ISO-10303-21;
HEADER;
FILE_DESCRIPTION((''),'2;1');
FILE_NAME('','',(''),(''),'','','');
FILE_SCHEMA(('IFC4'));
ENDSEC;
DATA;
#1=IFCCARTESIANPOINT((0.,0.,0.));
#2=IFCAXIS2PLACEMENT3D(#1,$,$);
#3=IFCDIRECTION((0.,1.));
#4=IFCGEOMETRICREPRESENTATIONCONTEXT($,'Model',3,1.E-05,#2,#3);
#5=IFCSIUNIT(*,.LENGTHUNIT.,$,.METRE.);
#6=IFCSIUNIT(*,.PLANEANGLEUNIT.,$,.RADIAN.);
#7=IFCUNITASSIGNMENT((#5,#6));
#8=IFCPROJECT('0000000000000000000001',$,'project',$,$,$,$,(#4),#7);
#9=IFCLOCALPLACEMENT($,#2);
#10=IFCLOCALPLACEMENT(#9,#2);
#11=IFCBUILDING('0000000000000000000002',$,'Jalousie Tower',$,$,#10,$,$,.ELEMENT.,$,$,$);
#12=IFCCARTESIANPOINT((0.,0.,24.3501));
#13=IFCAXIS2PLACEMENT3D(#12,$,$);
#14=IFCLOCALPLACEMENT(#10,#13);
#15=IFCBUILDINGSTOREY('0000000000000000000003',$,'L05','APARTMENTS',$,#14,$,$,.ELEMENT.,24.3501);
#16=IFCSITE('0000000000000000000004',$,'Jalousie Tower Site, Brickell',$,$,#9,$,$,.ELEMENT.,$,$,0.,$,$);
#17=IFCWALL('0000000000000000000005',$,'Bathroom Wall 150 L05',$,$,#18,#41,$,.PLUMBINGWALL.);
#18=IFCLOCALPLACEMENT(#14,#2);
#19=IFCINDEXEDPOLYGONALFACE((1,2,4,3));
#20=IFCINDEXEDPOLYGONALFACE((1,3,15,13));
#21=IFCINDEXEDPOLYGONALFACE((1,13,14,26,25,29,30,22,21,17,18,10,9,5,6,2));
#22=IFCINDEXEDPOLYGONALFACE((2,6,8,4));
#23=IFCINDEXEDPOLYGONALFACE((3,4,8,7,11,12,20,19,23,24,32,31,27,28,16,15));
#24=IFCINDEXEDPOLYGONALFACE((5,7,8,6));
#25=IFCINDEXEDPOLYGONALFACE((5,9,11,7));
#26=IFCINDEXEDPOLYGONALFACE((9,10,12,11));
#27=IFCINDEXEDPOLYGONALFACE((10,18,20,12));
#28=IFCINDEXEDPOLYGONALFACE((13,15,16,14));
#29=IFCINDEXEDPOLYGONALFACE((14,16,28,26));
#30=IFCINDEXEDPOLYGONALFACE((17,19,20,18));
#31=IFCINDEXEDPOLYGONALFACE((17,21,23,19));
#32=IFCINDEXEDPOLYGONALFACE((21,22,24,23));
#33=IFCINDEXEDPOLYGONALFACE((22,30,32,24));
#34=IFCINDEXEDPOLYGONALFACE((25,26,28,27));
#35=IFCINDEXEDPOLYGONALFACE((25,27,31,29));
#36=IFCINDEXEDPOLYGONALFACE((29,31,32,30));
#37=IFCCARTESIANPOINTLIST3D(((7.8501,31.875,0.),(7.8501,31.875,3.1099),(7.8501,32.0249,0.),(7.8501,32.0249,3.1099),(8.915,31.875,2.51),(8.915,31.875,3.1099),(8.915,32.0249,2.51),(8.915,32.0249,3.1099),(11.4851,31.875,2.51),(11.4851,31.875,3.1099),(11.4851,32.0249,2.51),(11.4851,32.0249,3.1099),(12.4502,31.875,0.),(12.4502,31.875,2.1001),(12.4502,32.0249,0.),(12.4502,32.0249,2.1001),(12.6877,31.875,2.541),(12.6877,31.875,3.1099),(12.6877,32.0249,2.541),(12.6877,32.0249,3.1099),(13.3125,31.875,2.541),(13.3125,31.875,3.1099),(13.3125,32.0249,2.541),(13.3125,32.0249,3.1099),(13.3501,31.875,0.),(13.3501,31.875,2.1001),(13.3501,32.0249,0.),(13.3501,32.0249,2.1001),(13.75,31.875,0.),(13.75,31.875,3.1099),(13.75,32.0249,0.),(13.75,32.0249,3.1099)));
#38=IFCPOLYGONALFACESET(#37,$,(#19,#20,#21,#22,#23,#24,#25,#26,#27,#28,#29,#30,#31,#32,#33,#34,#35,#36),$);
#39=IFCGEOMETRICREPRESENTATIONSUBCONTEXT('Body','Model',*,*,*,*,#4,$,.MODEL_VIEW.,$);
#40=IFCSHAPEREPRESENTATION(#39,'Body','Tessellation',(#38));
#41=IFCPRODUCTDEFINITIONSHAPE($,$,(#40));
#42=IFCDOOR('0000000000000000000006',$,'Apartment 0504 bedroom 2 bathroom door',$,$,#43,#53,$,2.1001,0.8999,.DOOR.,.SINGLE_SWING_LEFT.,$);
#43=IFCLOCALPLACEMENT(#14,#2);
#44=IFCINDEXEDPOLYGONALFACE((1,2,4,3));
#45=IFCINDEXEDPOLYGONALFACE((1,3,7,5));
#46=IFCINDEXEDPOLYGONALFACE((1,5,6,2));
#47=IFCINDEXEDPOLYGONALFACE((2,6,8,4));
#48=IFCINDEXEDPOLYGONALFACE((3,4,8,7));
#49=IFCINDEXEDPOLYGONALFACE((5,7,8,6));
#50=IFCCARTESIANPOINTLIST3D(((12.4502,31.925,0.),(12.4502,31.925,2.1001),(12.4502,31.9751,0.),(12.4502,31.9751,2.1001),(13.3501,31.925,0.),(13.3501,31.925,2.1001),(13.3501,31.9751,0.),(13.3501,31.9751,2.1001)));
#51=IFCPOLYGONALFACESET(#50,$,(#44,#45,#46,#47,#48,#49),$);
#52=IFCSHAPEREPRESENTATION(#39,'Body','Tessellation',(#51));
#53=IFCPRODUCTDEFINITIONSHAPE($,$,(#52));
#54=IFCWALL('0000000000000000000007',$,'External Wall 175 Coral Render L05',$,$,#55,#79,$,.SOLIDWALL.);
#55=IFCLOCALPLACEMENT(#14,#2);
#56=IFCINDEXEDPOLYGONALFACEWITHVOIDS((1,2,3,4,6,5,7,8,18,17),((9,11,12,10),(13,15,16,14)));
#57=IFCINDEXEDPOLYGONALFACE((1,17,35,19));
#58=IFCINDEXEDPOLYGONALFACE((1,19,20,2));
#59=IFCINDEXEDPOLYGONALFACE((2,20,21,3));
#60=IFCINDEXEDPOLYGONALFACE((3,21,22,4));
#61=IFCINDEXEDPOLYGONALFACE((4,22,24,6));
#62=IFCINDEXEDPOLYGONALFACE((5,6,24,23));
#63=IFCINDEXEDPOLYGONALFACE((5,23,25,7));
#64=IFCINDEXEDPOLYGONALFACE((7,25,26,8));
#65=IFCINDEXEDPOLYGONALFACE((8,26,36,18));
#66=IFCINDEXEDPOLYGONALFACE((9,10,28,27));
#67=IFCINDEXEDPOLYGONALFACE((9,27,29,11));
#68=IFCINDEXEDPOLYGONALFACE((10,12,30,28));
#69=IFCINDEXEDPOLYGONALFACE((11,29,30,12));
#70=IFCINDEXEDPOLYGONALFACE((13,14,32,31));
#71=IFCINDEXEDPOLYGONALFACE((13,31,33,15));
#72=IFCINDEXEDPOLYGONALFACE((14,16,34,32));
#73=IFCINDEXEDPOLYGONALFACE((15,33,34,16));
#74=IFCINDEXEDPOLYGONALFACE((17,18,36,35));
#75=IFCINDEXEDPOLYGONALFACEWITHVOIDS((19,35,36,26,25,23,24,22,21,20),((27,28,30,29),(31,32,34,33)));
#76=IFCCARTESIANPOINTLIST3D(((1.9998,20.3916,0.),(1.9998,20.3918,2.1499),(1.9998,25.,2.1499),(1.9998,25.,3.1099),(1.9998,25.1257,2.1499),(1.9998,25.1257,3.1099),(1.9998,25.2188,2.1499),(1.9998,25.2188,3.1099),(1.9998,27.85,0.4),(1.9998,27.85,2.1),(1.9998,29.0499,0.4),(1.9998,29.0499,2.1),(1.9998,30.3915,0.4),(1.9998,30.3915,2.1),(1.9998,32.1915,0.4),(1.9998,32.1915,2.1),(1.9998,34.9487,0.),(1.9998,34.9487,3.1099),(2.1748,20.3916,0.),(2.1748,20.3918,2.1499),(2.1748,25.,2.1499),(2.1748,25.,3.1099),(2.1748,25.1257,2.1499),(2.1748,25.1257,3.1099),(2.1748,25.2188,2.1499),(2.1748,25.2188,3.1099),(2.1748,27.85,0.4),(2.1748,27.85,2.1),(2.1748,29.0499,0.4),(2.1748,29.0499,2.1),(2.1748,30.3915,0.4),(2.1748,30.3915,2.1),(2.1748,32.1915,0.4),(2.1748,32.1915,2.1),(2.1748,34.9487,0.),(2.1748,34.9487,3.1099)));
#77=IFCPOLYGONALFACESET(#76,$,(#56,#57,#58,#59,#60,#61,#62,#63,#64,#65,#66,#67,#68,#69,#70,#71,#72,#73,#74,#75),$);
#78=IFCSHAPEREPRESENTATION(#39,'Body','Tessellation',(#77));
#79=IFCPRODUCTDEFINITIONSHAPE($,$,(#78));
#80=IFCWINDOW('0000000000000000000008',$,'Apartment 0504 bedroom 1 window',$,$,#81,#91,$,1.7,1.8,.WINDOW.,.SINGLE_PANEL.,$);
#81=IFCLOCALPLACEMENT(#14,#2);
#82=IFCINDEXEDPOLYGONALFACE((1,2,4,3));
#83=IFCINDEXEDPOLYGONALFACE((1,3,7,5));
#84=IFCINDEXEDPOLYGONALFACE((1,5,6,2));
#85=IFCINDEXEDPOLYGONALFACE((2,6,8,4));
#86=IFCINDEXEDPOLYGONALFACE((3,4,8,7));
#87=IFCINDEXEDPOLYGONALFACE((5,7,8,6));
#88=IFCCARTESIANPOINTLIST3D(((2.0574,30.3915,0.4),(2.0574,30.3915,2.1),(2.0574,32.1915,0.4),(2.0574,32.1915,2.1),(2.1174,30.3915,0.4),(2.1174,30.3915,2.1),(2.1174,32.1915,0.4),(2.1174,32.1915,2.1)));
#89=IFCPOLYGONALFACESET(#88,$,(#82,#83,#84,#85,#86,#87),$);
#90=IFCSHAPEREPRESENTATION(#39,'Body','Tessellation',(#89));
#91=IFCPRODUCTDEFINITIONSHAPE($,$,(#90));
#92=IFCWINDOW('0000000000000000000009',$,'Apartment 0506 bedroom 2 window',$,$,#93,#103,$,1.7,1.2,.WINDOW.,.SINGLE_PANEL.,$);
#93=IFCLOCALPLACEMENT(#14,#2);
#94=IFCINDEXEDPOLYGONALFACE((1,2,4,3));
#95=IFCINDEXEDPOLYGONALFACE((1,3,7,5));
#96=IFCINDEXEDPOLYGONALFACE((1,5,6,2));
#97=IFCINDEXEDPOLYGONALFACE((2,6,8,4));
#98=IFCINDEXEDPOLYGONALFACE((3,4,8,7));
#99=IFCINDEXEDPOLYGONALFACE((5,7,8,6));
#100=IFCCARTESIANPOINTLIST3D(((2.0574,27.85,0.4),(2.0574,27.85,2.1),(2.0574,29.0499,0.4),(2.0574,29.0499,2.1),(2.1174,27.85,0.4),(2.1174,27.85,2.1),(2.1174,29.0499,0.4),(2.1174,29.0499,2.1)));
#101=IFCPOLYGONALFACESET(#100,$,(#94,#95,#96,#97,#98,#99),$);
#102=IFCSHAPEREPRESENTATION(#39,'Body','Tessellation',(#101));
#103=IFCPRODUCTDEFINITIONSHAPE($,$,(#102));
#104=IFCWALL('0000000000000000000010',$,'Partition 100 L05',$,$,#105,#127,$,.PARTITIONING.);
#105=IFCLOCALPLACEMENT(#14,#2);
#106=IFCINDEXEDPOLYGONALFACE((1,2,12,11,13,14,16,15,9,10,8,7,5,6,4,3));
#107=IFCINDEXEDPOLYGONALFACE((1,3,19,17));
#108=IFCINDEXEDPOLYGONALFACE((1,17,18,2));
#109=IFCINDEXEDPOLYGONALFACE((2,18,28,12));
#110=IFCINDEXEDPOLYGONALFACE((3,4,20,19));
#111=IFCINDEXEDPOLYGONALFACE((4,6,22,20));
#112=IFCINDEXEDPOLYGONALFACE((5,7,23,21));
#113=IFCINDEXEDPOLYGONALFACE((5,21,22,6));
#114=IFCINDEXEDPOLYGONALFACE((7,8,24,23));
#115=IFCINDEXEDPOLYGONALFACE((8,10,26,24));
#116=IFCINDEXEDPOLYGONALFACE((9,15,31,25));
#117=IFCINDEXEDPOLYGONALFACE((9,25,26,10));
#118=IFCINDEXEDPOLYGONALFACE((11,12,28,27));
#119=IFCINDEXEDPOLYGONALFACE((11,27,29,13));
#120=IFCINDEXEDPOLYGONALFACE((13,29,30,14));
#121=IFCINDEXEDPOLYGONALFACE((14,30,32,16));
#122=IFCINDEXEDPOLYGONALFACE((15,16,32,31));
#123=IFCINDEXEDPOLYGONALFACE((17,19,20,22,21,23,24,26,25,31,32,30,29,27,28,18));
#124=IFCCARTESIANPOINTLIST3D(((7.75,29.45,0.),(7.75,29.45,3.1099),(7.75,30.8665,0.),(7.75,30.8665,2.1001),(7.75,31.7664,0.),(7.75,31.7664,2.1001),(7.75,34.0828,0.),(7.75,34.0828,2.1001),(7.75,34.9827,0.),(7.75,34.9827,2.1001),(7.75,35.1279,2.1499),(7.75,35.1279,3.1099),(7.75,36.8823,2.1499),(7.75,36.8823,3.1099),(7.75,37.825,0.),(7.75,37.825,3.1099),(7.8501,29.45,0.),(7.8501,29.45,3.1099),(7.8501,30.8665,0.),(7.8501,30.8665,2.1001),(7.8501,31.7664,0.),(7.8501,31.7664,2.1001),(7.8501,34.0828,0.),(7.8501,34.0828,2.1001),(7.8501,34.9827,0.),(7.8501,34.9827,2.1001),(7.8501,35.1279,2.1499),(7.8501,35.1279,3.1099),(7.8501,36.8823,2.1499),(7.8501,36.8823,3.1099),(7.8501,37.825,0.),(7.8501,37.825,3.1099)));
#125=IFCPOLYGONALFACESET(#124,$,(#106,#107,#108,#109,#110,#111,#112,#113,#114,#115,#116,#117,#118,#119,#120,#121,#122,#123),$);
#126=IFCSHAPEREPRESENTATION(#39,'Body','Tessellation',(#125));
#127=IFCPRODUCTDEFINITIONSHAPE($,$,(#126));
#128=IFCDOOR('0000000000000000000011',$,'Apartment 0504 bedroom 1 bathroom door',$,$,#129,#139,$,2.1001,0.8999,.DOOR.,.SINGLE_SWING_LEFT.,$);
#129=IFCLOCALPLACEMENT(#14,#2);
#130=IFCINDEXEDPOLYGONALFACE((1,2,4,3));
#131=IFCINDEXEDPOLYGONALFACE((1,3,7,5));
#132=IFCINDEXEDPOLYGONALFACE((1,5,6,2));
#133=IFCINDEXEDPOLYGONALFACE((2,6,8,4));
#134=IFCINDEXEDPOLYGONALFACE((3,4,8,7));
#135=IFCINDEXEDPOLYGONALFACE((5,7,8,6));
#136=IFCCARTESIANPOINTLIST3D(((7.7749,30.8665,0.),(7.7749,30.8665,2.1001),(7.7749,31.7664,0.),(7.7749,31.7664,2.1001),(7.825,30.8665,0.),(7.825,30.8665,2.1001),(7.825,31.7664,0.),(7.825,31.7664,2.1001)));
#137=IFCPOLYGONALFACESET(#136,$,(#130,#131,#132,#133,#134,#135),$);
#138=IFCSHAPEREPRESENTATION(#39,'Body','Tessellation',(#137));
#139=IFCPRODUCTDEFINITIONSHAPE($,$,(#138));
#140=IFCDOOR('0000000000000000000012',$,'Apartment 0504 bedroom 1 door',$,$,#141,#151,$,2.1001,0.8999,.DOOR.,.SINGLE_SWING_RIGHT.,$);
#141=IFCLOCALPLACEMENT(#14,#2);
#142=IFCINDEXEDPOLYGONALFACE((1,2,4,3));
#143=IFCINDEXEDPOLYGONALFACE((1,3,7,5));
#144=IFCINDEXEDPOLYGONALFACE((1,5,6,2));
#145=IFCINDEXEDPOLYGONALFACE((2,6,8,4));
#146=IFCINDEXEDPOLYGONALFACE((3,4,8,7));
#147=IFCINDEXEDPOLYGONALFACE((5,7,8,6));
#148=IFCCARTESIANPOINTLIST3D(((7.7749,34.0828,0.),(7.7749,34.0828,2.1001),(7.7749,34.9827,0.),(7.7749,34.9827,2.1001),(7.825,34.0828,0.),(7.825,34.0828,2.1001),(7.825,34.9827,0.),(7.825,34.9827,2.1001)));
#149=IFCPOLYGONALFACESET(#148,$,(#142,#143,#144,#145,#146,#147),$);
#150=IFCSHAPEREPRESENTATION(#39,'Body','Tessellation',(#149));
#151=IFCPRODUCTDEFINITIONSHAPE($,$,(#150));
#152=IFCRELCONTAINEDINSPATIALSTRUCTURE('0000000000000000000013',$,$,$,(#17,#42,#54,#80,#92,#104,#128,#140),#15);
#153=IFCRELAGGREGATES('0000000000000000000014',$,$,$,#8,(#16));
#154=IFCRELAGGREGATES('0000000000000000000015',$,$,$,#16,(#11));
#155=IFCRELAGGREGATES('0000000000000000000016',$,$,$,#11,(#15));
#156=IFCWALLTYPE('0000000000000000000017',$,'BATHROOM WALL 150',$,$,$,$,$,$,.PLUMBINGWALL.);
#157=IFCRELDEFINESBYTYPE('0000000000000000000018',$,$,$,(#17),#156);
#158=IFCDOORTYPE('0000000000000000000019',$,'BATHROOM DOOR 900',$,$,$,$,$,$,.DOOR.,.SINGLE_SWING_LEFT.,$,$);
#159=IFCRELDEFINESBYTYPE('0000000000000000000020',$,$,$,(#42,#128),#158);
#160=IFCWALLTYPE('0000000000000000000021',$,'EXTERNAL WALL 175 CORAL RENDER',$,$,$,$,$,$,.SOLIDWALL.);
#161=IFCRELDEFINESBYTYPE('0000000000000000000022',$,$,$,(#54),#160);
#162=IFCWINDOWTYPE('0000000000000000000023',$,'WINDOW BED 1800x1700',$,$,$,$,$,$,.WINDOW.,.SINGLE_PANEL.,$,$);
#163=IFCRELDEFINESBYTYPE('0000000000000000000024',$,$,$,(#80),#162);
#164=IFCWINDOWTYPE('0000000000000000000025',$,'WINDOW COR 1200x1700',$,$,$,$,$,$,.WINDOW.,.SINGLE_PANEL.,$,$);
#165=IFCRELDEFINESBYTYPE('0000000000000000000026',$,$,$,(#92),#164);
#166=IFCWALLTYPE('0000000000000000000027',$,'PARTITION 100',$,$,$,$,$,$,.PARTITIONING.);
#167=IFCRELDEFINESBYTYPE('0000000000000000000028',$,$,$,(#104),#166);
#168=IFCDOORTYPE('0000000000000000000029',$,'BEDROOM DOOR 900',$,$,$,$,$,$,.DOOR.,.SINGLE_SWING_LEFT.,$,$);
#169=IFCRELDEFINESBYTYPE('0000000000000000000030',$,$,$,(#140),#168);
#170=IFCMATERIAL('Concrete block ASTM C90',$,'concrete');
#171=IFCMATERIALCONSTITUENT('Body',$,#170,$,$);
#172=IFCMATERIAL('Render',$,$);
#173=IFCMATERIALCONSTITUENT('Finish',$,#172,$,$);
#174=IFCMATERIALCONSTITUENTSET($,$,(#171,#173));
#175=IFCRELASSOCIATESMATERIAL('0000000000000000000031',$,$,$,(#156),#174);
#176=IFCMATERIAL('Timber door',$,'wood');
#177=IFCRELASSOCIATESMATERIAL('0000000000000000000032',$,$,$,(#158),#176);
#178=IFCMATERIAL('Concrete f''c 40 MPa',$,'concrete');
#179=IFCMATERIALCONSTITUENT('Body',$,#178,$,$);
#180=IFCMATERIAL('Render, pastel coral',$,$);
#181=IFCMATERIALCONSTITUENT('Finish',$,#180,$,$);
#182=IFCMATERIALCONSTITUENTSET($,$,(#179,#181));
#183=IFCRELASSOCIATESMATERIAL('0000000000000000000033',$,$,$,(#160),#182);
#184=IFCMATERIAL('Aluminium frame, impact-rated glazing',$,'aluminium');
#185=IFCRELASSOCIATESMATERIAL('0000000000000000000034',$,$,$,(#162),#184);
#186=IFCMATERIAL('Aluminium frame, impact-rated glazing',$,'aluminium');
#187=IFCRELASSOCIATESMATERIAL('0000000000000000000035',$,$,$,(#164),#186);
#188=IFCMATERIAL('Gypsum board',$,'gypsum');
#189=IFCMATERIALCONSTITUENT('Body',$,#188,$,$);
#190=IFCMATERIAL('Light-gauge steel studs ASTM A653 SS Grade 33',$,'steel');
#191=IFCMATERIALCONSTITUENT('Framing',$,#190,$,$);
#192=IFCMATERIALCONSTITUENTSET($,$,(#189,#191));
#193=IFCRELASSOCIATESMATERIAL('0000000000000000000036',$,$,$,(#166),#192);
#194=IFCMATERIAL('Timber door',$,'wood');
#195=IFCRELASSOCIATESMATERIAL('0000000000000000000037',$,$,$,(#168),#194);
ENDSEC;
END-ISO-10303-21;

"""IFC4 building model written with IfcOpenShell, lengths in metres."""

from ifc_helpers import new_model, si_unit, direction, frame, frame_2d, origin, place, context, subcontext, project, spatial, polyline, rectangle, outline, extrude, material, constituent, constituent_set, type_object, element, fill, save


model = new_model("IFC4")

# Units and contexts
model_context = context("Model", 3, precision=1e-05, world=origin(), true_north=direction((0.0, 1.0)))
body_context = subcontext(model_context, "Body", "Model", "MODEL_VIEW")
ifc_project = project(units=[si_unit("LENGTHUNIT", "METRE"), si_unit("PLANEANGLEUNIT", "RADIAN")], contexts=[model_context])

# Site, building, storey
site_placement = place(None, origin())
site = spatial("IfcSite", under=ifc_project, at=site_placement, Name="Jalousie Tower Site, Brickell", CompositionType="ELEMENT", RefElevation=0.0)
building_placement = place(site_placement, origin())
building = spatial("IfcBuilding", under=site, at=building_placement, Name="Jalousie Tower", CompositionType="ELEMENT")
storey_placement = place(building_placement, frame((0.0, 0.0, 24.3501)))
storey = spatial("IfcBuildingStorey", under=building, at=storey_placement, Name="L05", Description="APARTMENTS", CompositionType="ELEMENT", Elevation=24.3501)

# Wall, opening, door
ifc_material_1 = material(Name="Concrete block ASTM C90", Category="concrete")
ifc_constituent_1 = constituent(ifc_material_1, Name="Body")
ifc_material_2 = material(Name="Render")
ifc_constituent_2 = constituent(ifc_material_2, Name="Finish")
ifc_constituent_set_1 = constituent_set(constituents=[ifc_constituent_1, ifc_constituent_2])
wall_type_1 = type_object("IfcWallType", Name="BATHROOM WALL 150", PredefinedType="PLUMBINGWALL", material=ifc_constituent_set_1)
wall_1_placement = place(storey_placement, frame((7.8501, 31.95, 0.0), z_axis=(0.0, 0.0, 1.0), x_axis=(1.0, 0.0, 0.0)))
wall_1 = element("IfcWall", 1, at=wall_1_placement, inside=storey, type_object=wall_type_1, Name="Bathroom Wall 150 L05", PredefinedType="PLUMBINGWALL", context=body_context, shape_type="SweptSolid", body=[
    extrude(outline(polyline([(0.0, 0.0), (5.8999, 0.0), (5.8999, 3.1099), (5.4624, 3.1099), (5.4624, 2.541), (4.8376, 2.541), (4.8376, 3.1099), (3.635, 3.1099), (3.635, 2.51), (1.0649, 2.51), (1.0649, 3.1099), (0.0, 3.1099), (0.0, 0.0)])), frame((0.0, 0.075, 0.0), z_axis=(0.0, -1.0, 0.0), x_axis=(1.0, 0.0, 0.0)), (0.0, 0.0, 1.0), 0.1499),
])
opening_1_placement = place(wall_1_placement, frame((4.6001, 0.0, 0.0)))
opening_1 = element("IfcOpeningElement", 2, at=opening_1_placement, cuts=wall_1, PredefinedType="OPENING", context=body_context, shape_type="SweptSolid", body=[
    extrude(rectangle(XDim=0.8999, YDim=2.1001, at=frame_2d((0.45, 1.05))), frame((0.0, 0.085, 0.0), z_axis=(0.0, -1.0, 0.0), x_axis=(1.0, 0.0, 0.0)), (0.0, 0.0, 1.0), 0.1699),
])
ifc_material_3 = material(Name="Timber door", Category="wood")
door_type_1 = type_object("IfcDoorType", Name="BATHROOM DOOR 900", OperationType="SINGLE_SWING_LEFT", PredefinedType="DOOR", material=ifc_material_3)
door_1_placement = place(opening_1_placement, frame((0.8999, 0.0, 0.0), z_axis=(0.0, 0.0, 1.0), x_axis=(-1.0, 0.0, 0.0)))
door_1 = element("IfcDoor", 3, at=door_1_placement, inside=storey, type_object=door_type_1, Name="Apartment 0504 bedroom 2 bathroom door", OperationType="SINGLE_SWING_LEFT", OverallHeight=2.1001, OverallWidth=0.8999, PredefinedType="DOOR", context=body_context, shape_type="SweptSolid", body=[
    extrude(rectangle(XDim=0.8999, YDim=2.1001, at=frame_2d((0.45, 1.05))), frame((0.0, 0.0249, 0.0), z_axis=(0.0, -1.0, 0.0), x_axis=(1.0, 0.0, 0.0)), (0.0, 0.0, 1.0), 0.05),
])
fill(opening_1, door_1)

# Wall, openings, windows
ifc_material_4 = material(Name="Concrete f'c 40 MPa", Category="concrete")
ifc_constituent_3 = constituent(ifc_material_4, Name="Body")
ifc_material_5 = material(Name="Render, pastel coral")
ifc_constituent_4 = constituent(ifc_material_5, Name="Finish")
ifc_constituent_set_2 = constituent_set(constituents=[ifc_constituent_3, ifc_constituent_4])
wall_type_2 = type_object("IfcWallType", Name="EXTERNAL WALL 175 CORAL RENDER", PredefinedType="SOLIDWALL", material=ifc_constituent_set_2)
wall_2_placement = place(storey_placement, frame((2.0874, 34.9487, 0.0), z_axis=(0.0, 0.0, 1.0), x_axis=(0.0, -1.0, 0.0)))
wall_2 = element("IfcWall", 4, at=wall_2_placement, inside=storey, type_object=wall_type_2, Name="External Wall 175 Coral Render L05", PredefinedType="SOLIDWALL", context=body_context, shape_type="SweptSolid", body=[
    extrude(outline(polyline([(0.0, 0.0), (14.5571, 0.0), (14.5569, 2.1499), (9.9487, 2.1499), (9.9487, 3.1099), (9.823, 3.1099), (9.823, 2.1499), (9.73, 2.1499), (9.73, 3.1099), (0.0, 3.1099), (0.0, 0.0)])), frame((0.0, 0.0874, 0.0), z_axis=(0.0, -1.0, 0.0), x_axis=(1.0, 0.0, 0.0)), (0.0, 0.0, 1.0), 0.175),
])
opening_2_placement = place(wall_2_placement, frame((2.7573, 0.0, 0.3999)))
opening_2 = element("IfcOpeningElement", 5, at=opening_2_placement, cuts=wall_2, PredefinedType="OPENING", context=body_context, shape_type="SweptSolid", body=[
    extrude(rectangle(XDim=1.8, YDim=1.7, at=frame_2d((0.8999, 0.8501))), frame((0.0, 0.0974, 0.0), z_axis=(0.0, -1.0, 0.0), x_axis=(1.0, 0.0, 0.0)), (0.0, 0.0, 1.0), 0.1951),
])
opening_3_placement = place(wall_2_placement, frame((5.8987, 0.0, 0.3999)))
opening_3 = element("IfcOpeningElement", 6, at=opening_3_placement, cuts=wall_2, PredefinedType="OPENING", context=body_context, shape_type="SweptSolid", body=[
    extrude(rectangle(XDim=1.2, YDim=1.7, at=frame_2d((0.6001, 0.8501))), frame((0.0, 0.0974, 0.0), z_axis=(0.0, -1.0, 0.0), x_axis=(1.0, 0.0, 0.0)), (0.0, 0.0, 1.0), 0.1951),
])
ifc_material_6 = material(Name="Aluminium frame, impact-rated glazing", Category="aluminium")
window_type_1 = type_object("IfcWindowType", Name="WINDOW BED 1800x1700", PartitioningType="SINGLE_PANEL", PredefinedType="WINDOW", material=ifc_material_6)
window_1_placement = place(opening_2_placement, origin())
window_1 = element("IfcWindow", 7, at=window_1_placement, inside=storey, type_object=window_type_1, Name="Apartment 0504 bedroom 1 window", OverallHeight=1.7, OverallWidth=1.8, PartitioningType="SINGLE_PANEL", PredefinedType="WINDOW", context=body_context, shape_type="SweptSolid", body=[
    extrude(rectangle(XDim=1.8, YDim=1.7, at=frame_2d((0.8999, 0.8501))), frame((0.0, 0.03, 0.0), z_axis=(0.0, -1.0, 0.0), x_axis=(1.0, 0.0, 0.0)), (0.0, 0.0, 1.0), 0.0601),
])
fill(opening_2, window_1)
ifc_material_7 = material(Name="Aluminium frame, impact-rated glazing", Category="aluminium")
window_type_2 = type_object("IfcWindowType", Name="WINDOW COR 1200x1700", PartitioningType="SINGLE_PANEL", PredefinedType="WINDOW", material=ifc_material_7)
window_2_placement = place(opening_3_placement, origin())
window_2 = element("IfcWindow", 8, at=window_2_placement, inside=storey, type_object=window_type_2, Name="Apartment 0506 bedroom 2 window", OverallHeight=1.7, OverallWidth=1.2, PartitioningType="SINGLE_PANEL", PredefinedType="WINDOW", context=body_context, shape_type="SweptSolid", body=[
    extrude(rectangle(XDim=1.2, YDim=1.7, at=frame_2d((0.6001, 0.8501))), frame((0.0, 0.03, 0.0), z_axis=(0.0, -1.0, 0.0), x_axis=(1.0, 0.0, 0.0)), (0.0, 0.0, 1.0), 0.0601),
])
fill(opening_3, window_2)

# Wall, openings, doors
ifc_material_8 = material(Name="Gypsum board", Category="gypsum")
ifc_constituent_5 = constituent(ifc_material_8, Name="Body")
ifc_material_9 = material(Name="Light-gauge steel studs ASTM A653 SS Grade 33", Category="steel")
ifc_constituent_6 = constituent(ifc_material_9, Name="Framing")
ifc_constituent_set_3 = constituent_set(constituents=[ifc_constituent_5, ifc_constituent_6])
wall_type_3 = type_object("IfcWallType", Name="PARTITION 100", PredefinedType="PARTITIONING", material=ifc_constituent_set_3)
wall_3_placement = place(storey_placement, frame((7.8, 37.825, 0.0), z_axis=(0.0, 0.0, 1.0), x_axis=(0.0, -1.0, 0.0)))
wall_3 = element("IfcWall", 9, at=wall_3_placement, inside=storey, type_object=wall_type_3, Name="Partition 100 L05", PredefinedType="PARTITIONING", context=body_context, shape_type="SweptSolid", body=[
    extrude(outline(polyline([(0.0, 0.0), (8.375, 0.0), (8.375, 3.1099), (2.697, 3.1099), (2.697, 2.1499), (0.9426, 2.1499), (0.9426, 3.1099), (0.0, 3.1099), (0.0, 0.0)])), frame((0.0, 0.05, 0.0), z_axis=(0.0, -1.0, 0.0), x_axis=(1.0, 0.0, 0.0)), (0.0, 0.0, 1.0), 0.1001),
])
opening_4_placement = place(wall_3_placement, frame((2.8423, 0.0, 0.0)))
opening_4 = element("IfcOpeningElement", 10, at=opening_4_placement, cuts=wall_3, PredefinedType="OPENING", context=body_context, shape_type="SweptSolid", body=[
    extrude(rectangle(XDim=0.8999, YDim=2.1001, at=frame_2d((0.45, 1.05))), frame((0.0, 0.0601, 0.0), z_axis=(0.0, -1.0, 0.0), x_axis=(1.0, 0.0, 0.0)), (0.0, 0.0, 1.0), 0.1201),
])
opening_5_placement = place(wall_3_placement, frame((6.0586, 0.0, 0.0)))
opening_5 = element("IfcOpeningElement", 11, at=opening_5_placement, cuts=wall_3, PredefinedType="OPENING", context=body_context, shape_type="SweptSolid", body=[
    extrude(rectangle(XDim=0.8999, YDim=2.1001, at=frame_2d((0.45, 1.05))), frame((0.0, 0.0601, 0.0), z_axis=(0.0, -1.0, 0.0), x_axis=(1.0, 0.0, 0.0)), (0.0, 0.0, 1.0), 0.1201),
])
door_2_placement = place(opening_5_placement, origin())
door_2 = element("IfcDoor", 12, at=door_2_placement, inside=storey, type_object=door_type_1, Name="Apartment 0504 bedroom 1 bathroom door", OperationType="SINGLE_SWING_LEFT", OverallHeight=2.1001, OverallWidth=0.8999, PredefinedType="DOOR", context=body_context, shape_type="SweptSolid", body=[
    extrude(rectangle(XDim=0.8999, YDim=2.1001, at=frame_2d((0.45, 1.05))), frame((0.0, 0.0249, 0.0), z_axis=(0.0, -1.0, 0.0), x_axis=(1.0, 0.0, 0.0)), (0.0, 0.0, 1.0), 0.05),
])
fill(opening_5, door_2)
ifc_material_10 = material(Name="Timber door", Category="wood")
door_type_2 = type_object("IfcDoorType", Name="BEDROOM DOOR 900", OperationType="SINGLE_SWING_LEFT", PredefinedType="DOOR", material=ifc_material_10)
door_3_placement = place(opening_4_placement, origin())
door_3 = element("IfcDoor", 13, at=door_3_placement, inside=storey, type_object=door_type_2, Name="Apartment 0504 bedroom 1 door", OperationType="SINGLE_SWING_RIGHT", OverallHeight=2.1001, OverallWidth=0.8999, PredefinedType="DOOR", context=body_context, shape_type="SweptSolid", body=[
    extrude(rectangle(XDim=0.8999, YDim=2.1001, at=frame_2d((0.45, 1.05))), frame((0.0, 0.0249, 0.0), z_axis=(0.0, -1.0, 0.0), x_axis=(1.0, 0.0, 0.0)), (0.0, 0.0, 1.0), 0.05),
])
fill(opening_4, door_3)

save(model, "model.ifc")
